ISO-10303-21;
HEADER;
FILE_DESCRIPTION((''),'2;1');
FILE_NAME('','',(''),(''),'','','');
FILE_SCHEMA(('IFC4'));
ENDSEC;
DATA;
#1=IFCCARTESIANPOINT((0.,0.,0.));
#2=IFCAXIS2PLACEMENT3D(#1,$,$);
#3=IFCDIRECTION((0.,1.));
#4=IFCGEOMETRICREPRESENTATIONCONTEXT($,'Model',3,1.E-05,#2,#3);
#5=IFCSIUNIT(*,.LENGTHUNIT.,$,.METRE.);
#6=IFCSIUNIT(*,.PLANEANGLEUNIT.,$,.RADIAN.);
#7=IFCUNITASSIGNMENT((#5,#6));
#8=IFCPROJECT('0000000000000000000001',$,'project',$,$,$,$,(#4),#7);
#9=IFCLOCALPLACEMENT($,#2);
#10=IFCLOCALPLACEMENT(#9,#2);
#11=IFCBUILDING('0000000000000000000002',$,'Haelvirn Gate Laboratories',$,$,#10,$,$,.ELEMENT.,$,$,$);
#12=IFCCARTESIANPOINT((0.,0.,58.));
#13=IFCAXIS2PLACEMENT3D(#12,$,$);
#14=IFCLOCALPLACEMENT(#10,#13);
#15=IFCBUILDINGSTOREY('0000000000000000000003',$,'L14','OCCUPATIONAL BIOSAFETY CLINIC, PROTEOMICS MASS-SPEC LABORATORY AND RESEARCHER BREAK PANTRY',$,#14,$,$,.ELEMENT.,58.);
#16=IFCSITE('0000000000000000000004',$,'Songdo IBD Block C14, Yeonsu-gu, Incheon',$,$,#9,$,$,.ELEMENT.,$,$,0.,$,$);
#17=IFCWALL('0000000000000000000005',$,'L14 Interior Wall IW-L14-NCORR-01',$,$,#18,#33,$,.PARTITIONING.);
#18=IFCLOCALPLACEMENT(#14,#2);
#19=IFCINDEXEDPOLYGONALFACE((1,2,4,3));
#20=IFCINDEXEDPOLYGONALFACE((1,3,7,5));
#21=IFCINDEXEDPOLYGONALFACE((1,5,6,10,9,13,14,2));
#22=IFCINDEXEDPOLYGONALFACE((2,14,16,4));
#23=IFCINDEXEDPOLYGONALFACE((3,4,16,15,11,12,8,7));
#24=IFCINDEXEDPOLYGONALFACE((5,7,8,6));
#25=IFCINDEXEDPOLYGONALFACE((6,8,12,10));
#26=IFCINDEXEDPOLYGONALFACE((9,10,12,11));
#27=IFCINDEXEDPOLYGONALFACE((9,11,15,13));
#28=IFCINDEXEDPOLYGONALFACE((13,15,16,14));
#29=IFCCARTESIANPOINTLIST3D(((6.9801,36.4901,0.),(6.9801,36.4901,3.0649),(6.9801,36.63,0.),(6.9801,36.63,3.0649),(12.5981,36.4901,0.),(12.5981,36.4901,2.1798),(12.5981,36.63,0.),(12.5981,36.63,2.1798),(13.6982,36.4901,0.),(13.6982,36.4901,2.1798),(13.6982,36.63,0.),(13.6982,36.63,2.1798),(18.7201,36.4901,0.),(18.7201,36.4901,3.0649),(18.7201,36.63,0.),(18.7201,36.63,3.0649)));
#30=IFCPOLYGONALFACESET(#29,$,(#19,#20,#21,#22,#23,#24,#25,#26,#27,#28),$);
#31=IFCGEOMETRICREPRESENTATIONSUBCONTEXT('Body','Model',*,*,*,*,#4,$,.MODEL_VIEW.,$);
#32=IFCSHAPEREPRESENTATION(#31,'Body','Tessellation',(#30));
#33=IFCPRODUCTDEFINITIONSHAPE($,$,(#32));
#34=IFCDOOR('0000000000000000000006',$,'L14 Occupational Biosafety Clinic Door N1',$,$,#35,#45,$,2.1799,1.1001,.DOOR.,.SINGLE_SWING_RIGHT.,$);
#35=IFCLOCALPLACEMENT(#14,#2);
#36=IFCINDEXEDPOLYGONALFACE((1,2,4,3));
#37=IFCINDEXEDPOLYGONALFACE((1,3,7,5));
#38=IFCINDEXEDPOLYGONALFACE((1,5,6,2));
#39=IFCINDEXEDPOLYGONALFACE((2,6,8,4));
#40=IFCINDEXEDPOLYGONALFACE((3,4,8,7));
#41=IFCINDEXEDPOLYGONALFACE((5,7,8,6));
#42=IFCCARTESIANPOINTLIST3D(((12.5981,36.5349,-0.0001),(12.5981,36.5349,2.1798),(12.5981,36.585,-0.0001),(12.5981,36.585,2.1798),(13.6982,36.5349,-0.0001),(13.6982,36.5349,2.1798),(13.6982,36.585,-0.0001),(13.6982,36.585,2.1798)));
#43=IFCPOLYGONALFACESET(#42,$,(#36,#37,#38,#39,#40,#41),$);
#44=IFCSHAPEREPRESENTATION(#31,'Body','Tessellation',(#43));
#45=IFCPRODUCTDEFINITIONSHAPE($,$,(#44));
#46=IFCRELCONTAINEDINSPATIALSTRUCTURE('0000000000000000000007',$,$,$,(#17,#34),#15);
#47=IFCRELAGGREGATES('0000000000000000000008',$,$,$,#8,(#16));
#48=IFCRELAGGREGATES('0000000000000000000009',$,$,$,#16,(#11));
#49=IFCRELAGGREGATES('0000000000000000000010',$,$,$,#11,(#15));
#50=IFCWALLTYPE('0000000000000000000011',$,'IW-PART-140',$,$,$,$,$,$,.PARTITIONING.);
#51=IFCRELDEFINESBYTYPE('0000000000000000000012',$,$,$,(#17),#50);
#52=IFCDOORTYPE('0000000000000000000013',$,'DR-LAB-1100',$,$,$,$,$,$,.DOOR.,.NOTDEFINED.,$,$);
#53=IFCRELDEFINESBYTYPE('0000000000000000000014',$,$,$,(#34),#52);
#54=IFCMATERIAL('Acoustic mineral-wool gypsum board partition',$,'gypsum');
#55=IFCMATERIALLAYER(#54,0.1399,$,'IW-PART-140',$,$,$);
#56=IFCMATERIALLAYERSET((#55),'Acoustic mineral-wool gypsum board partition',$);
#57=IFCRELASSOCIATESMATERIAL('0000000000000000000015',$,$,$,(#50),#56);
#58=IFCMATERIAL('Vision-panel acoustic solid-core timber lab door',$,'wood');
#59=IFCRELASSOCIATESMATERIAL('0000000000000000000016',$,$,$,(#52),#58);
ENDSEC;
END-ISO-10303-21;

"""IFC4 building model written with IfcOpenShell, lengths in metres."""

from ifc_helpers import new_model, si_unit, direction, frame, frame_2d, origin, place, context, subcontext, project, spatial, rectangle, extrude, source, transform, mapped, material, layer, layer_set, type_object, type_shapes, element, fill, save


model = new_model("IFC4")

# Units and contexts
model_context = context("Model", 3, precision=1e-05, world=origin(), true_north=direction((0.0, 1.0)))
body_context = subcontext(model_context, "Body", "Model", "MODEL_VIEW")
ifc_project = project(units=[si_unit("LENGTHUNIT", "METRE"), si_unit("PLANEANGLEUNIT", "RADIAN")], contexts=[model_context])

# Site, building, storey
site_placement = place(None, origin())
site = spatial("IfcSite", under=ifc_project, at=site_placement, Name="Songdo IBD Block C14, Yeonsu-gu, Incheon", CompositionType="ELEMENT", RefElevation=0.0)
building_placement = place(site_placement, origin())
building = spatial("IfcBuilding", under=site, at=building_placement, Name="Haelvirn Gate Laboratories", CompositionType="ELEMENT")
storey_placement = place(building_placement, frame((0.0, 0.0, 58.0)))
storey = spatial("IfcBuildingStorey", under=building, at=storey_placement, Name="L14", Description="OCCUPATIONAL BIOSAFETY CLINIC, PROTEOMICS MASS-SPEC LABORATORY AND RESEARCHER BREAK PANTRY", CompositionType="ELEMENT", Elevation=58.0)

# Wall, opening, door
ifc_material_1 = material(Name="Acoustic mineral-wool gypsum board partition", Category="gypsum")
ifc_layer_1 = layer(ifc_material_1, 0.1399, Name="IW-PART-140")
ifc_layer_set_1 = layer_set([ifc_layer_1], Name="Acoustic mineral-wool gypsum board partition")
wall_type_1 = type_object("IfcWallType", Name="IW-PART-140", PredefinedType="PARTITIONING", material=ifc_layer_set_1)
wall_1_placement = place(storey_placement, frame((6.98, 36.5601, 0.0), z_axis=(0.0, 0.0, 1.0), x_axis=(1.0, 0.0, 0.0)))
wall_1 = element("IfcWall", 1, at=wall_1_placement, inside=storey, type_object=wall_type_1, Name="L14 Interior Wall IW-L14-NCORR-01", PredefinedType="PARTITIONING", context=body_context, shape_type="SweptSolid", body=[
    extrude(rectangle(XDim=11.74, YDim=0.1399, at=frame_2d((5.8701, 0.0))), origin(), (0.0, 0.0, 1.0), 3.0649),
])
opening_1_placement = place(wall_1_placement, frame((5.6182, 0.0, 0.0)))
opening_1 = element("IfcOpeningElement", 2, at=opening_1_placement, cuts=wall_1, PredefinedType="OPENING", context=body_context, shape_type="SweptSolid", body=[
    extrude(rectangle(XDim=1.1001, YDim=2.1799, at=frame_2d((0.55, 1.0898))), frame((0.0, 0.0801, 0.0), z_axis=(0.0, -1.0, 0.0), x_axis=(1.0, 0.0, 0.0)), (0.0, 0.0, 1.0), 0.1599),
])
ifc_material_2 = material(Name="Vision-panel acoustic solid-core timber lab door", Category="wood")
door_type_1 = type_object("IfcDoorType", Name="DR-LAB-1100", OperationType="NOTDEFINED", PredefinedType="DOOR", material=ifc_material_2)
shared_shape_1 = source(origin(), body_context, "Body", "SweptSolid", [
    extrude(rectangle(XDim=1.1001, YDim=2.1799, at=frame_2d((0.55, 1.0898))), frame((0.0, 0.0249, 0.0), z_axis=(0.0, -1.0, 0.0), x_axis=(1.0, 0.0, 0.0)), (0.0, 0.0, 1.0), 0.05),
])
type_shapes(door_type_1, [shared_shape_1])
door_1_placement = place(opening_1_placement, origin())
door_1 = element("IfcDoor", 3, at=door_1_placement, inside=storey, type_object=door_type_1, Name="L14 Occupational Biosafety Clinic Door N1", OperationType="SINGLE_SWING_RIGHT", OverallHeight=2.1799, OverallWidth=1.1001, PredefinedType="DOOR", context=body_context, shape_type="MappedRepresentation", body=[
    mapped(shared_shape_1, transform((0.0, 0.0, 0.0), scale=1.0)),
])
fill(opening_1, door_1)

save(model, "model.ifc")
